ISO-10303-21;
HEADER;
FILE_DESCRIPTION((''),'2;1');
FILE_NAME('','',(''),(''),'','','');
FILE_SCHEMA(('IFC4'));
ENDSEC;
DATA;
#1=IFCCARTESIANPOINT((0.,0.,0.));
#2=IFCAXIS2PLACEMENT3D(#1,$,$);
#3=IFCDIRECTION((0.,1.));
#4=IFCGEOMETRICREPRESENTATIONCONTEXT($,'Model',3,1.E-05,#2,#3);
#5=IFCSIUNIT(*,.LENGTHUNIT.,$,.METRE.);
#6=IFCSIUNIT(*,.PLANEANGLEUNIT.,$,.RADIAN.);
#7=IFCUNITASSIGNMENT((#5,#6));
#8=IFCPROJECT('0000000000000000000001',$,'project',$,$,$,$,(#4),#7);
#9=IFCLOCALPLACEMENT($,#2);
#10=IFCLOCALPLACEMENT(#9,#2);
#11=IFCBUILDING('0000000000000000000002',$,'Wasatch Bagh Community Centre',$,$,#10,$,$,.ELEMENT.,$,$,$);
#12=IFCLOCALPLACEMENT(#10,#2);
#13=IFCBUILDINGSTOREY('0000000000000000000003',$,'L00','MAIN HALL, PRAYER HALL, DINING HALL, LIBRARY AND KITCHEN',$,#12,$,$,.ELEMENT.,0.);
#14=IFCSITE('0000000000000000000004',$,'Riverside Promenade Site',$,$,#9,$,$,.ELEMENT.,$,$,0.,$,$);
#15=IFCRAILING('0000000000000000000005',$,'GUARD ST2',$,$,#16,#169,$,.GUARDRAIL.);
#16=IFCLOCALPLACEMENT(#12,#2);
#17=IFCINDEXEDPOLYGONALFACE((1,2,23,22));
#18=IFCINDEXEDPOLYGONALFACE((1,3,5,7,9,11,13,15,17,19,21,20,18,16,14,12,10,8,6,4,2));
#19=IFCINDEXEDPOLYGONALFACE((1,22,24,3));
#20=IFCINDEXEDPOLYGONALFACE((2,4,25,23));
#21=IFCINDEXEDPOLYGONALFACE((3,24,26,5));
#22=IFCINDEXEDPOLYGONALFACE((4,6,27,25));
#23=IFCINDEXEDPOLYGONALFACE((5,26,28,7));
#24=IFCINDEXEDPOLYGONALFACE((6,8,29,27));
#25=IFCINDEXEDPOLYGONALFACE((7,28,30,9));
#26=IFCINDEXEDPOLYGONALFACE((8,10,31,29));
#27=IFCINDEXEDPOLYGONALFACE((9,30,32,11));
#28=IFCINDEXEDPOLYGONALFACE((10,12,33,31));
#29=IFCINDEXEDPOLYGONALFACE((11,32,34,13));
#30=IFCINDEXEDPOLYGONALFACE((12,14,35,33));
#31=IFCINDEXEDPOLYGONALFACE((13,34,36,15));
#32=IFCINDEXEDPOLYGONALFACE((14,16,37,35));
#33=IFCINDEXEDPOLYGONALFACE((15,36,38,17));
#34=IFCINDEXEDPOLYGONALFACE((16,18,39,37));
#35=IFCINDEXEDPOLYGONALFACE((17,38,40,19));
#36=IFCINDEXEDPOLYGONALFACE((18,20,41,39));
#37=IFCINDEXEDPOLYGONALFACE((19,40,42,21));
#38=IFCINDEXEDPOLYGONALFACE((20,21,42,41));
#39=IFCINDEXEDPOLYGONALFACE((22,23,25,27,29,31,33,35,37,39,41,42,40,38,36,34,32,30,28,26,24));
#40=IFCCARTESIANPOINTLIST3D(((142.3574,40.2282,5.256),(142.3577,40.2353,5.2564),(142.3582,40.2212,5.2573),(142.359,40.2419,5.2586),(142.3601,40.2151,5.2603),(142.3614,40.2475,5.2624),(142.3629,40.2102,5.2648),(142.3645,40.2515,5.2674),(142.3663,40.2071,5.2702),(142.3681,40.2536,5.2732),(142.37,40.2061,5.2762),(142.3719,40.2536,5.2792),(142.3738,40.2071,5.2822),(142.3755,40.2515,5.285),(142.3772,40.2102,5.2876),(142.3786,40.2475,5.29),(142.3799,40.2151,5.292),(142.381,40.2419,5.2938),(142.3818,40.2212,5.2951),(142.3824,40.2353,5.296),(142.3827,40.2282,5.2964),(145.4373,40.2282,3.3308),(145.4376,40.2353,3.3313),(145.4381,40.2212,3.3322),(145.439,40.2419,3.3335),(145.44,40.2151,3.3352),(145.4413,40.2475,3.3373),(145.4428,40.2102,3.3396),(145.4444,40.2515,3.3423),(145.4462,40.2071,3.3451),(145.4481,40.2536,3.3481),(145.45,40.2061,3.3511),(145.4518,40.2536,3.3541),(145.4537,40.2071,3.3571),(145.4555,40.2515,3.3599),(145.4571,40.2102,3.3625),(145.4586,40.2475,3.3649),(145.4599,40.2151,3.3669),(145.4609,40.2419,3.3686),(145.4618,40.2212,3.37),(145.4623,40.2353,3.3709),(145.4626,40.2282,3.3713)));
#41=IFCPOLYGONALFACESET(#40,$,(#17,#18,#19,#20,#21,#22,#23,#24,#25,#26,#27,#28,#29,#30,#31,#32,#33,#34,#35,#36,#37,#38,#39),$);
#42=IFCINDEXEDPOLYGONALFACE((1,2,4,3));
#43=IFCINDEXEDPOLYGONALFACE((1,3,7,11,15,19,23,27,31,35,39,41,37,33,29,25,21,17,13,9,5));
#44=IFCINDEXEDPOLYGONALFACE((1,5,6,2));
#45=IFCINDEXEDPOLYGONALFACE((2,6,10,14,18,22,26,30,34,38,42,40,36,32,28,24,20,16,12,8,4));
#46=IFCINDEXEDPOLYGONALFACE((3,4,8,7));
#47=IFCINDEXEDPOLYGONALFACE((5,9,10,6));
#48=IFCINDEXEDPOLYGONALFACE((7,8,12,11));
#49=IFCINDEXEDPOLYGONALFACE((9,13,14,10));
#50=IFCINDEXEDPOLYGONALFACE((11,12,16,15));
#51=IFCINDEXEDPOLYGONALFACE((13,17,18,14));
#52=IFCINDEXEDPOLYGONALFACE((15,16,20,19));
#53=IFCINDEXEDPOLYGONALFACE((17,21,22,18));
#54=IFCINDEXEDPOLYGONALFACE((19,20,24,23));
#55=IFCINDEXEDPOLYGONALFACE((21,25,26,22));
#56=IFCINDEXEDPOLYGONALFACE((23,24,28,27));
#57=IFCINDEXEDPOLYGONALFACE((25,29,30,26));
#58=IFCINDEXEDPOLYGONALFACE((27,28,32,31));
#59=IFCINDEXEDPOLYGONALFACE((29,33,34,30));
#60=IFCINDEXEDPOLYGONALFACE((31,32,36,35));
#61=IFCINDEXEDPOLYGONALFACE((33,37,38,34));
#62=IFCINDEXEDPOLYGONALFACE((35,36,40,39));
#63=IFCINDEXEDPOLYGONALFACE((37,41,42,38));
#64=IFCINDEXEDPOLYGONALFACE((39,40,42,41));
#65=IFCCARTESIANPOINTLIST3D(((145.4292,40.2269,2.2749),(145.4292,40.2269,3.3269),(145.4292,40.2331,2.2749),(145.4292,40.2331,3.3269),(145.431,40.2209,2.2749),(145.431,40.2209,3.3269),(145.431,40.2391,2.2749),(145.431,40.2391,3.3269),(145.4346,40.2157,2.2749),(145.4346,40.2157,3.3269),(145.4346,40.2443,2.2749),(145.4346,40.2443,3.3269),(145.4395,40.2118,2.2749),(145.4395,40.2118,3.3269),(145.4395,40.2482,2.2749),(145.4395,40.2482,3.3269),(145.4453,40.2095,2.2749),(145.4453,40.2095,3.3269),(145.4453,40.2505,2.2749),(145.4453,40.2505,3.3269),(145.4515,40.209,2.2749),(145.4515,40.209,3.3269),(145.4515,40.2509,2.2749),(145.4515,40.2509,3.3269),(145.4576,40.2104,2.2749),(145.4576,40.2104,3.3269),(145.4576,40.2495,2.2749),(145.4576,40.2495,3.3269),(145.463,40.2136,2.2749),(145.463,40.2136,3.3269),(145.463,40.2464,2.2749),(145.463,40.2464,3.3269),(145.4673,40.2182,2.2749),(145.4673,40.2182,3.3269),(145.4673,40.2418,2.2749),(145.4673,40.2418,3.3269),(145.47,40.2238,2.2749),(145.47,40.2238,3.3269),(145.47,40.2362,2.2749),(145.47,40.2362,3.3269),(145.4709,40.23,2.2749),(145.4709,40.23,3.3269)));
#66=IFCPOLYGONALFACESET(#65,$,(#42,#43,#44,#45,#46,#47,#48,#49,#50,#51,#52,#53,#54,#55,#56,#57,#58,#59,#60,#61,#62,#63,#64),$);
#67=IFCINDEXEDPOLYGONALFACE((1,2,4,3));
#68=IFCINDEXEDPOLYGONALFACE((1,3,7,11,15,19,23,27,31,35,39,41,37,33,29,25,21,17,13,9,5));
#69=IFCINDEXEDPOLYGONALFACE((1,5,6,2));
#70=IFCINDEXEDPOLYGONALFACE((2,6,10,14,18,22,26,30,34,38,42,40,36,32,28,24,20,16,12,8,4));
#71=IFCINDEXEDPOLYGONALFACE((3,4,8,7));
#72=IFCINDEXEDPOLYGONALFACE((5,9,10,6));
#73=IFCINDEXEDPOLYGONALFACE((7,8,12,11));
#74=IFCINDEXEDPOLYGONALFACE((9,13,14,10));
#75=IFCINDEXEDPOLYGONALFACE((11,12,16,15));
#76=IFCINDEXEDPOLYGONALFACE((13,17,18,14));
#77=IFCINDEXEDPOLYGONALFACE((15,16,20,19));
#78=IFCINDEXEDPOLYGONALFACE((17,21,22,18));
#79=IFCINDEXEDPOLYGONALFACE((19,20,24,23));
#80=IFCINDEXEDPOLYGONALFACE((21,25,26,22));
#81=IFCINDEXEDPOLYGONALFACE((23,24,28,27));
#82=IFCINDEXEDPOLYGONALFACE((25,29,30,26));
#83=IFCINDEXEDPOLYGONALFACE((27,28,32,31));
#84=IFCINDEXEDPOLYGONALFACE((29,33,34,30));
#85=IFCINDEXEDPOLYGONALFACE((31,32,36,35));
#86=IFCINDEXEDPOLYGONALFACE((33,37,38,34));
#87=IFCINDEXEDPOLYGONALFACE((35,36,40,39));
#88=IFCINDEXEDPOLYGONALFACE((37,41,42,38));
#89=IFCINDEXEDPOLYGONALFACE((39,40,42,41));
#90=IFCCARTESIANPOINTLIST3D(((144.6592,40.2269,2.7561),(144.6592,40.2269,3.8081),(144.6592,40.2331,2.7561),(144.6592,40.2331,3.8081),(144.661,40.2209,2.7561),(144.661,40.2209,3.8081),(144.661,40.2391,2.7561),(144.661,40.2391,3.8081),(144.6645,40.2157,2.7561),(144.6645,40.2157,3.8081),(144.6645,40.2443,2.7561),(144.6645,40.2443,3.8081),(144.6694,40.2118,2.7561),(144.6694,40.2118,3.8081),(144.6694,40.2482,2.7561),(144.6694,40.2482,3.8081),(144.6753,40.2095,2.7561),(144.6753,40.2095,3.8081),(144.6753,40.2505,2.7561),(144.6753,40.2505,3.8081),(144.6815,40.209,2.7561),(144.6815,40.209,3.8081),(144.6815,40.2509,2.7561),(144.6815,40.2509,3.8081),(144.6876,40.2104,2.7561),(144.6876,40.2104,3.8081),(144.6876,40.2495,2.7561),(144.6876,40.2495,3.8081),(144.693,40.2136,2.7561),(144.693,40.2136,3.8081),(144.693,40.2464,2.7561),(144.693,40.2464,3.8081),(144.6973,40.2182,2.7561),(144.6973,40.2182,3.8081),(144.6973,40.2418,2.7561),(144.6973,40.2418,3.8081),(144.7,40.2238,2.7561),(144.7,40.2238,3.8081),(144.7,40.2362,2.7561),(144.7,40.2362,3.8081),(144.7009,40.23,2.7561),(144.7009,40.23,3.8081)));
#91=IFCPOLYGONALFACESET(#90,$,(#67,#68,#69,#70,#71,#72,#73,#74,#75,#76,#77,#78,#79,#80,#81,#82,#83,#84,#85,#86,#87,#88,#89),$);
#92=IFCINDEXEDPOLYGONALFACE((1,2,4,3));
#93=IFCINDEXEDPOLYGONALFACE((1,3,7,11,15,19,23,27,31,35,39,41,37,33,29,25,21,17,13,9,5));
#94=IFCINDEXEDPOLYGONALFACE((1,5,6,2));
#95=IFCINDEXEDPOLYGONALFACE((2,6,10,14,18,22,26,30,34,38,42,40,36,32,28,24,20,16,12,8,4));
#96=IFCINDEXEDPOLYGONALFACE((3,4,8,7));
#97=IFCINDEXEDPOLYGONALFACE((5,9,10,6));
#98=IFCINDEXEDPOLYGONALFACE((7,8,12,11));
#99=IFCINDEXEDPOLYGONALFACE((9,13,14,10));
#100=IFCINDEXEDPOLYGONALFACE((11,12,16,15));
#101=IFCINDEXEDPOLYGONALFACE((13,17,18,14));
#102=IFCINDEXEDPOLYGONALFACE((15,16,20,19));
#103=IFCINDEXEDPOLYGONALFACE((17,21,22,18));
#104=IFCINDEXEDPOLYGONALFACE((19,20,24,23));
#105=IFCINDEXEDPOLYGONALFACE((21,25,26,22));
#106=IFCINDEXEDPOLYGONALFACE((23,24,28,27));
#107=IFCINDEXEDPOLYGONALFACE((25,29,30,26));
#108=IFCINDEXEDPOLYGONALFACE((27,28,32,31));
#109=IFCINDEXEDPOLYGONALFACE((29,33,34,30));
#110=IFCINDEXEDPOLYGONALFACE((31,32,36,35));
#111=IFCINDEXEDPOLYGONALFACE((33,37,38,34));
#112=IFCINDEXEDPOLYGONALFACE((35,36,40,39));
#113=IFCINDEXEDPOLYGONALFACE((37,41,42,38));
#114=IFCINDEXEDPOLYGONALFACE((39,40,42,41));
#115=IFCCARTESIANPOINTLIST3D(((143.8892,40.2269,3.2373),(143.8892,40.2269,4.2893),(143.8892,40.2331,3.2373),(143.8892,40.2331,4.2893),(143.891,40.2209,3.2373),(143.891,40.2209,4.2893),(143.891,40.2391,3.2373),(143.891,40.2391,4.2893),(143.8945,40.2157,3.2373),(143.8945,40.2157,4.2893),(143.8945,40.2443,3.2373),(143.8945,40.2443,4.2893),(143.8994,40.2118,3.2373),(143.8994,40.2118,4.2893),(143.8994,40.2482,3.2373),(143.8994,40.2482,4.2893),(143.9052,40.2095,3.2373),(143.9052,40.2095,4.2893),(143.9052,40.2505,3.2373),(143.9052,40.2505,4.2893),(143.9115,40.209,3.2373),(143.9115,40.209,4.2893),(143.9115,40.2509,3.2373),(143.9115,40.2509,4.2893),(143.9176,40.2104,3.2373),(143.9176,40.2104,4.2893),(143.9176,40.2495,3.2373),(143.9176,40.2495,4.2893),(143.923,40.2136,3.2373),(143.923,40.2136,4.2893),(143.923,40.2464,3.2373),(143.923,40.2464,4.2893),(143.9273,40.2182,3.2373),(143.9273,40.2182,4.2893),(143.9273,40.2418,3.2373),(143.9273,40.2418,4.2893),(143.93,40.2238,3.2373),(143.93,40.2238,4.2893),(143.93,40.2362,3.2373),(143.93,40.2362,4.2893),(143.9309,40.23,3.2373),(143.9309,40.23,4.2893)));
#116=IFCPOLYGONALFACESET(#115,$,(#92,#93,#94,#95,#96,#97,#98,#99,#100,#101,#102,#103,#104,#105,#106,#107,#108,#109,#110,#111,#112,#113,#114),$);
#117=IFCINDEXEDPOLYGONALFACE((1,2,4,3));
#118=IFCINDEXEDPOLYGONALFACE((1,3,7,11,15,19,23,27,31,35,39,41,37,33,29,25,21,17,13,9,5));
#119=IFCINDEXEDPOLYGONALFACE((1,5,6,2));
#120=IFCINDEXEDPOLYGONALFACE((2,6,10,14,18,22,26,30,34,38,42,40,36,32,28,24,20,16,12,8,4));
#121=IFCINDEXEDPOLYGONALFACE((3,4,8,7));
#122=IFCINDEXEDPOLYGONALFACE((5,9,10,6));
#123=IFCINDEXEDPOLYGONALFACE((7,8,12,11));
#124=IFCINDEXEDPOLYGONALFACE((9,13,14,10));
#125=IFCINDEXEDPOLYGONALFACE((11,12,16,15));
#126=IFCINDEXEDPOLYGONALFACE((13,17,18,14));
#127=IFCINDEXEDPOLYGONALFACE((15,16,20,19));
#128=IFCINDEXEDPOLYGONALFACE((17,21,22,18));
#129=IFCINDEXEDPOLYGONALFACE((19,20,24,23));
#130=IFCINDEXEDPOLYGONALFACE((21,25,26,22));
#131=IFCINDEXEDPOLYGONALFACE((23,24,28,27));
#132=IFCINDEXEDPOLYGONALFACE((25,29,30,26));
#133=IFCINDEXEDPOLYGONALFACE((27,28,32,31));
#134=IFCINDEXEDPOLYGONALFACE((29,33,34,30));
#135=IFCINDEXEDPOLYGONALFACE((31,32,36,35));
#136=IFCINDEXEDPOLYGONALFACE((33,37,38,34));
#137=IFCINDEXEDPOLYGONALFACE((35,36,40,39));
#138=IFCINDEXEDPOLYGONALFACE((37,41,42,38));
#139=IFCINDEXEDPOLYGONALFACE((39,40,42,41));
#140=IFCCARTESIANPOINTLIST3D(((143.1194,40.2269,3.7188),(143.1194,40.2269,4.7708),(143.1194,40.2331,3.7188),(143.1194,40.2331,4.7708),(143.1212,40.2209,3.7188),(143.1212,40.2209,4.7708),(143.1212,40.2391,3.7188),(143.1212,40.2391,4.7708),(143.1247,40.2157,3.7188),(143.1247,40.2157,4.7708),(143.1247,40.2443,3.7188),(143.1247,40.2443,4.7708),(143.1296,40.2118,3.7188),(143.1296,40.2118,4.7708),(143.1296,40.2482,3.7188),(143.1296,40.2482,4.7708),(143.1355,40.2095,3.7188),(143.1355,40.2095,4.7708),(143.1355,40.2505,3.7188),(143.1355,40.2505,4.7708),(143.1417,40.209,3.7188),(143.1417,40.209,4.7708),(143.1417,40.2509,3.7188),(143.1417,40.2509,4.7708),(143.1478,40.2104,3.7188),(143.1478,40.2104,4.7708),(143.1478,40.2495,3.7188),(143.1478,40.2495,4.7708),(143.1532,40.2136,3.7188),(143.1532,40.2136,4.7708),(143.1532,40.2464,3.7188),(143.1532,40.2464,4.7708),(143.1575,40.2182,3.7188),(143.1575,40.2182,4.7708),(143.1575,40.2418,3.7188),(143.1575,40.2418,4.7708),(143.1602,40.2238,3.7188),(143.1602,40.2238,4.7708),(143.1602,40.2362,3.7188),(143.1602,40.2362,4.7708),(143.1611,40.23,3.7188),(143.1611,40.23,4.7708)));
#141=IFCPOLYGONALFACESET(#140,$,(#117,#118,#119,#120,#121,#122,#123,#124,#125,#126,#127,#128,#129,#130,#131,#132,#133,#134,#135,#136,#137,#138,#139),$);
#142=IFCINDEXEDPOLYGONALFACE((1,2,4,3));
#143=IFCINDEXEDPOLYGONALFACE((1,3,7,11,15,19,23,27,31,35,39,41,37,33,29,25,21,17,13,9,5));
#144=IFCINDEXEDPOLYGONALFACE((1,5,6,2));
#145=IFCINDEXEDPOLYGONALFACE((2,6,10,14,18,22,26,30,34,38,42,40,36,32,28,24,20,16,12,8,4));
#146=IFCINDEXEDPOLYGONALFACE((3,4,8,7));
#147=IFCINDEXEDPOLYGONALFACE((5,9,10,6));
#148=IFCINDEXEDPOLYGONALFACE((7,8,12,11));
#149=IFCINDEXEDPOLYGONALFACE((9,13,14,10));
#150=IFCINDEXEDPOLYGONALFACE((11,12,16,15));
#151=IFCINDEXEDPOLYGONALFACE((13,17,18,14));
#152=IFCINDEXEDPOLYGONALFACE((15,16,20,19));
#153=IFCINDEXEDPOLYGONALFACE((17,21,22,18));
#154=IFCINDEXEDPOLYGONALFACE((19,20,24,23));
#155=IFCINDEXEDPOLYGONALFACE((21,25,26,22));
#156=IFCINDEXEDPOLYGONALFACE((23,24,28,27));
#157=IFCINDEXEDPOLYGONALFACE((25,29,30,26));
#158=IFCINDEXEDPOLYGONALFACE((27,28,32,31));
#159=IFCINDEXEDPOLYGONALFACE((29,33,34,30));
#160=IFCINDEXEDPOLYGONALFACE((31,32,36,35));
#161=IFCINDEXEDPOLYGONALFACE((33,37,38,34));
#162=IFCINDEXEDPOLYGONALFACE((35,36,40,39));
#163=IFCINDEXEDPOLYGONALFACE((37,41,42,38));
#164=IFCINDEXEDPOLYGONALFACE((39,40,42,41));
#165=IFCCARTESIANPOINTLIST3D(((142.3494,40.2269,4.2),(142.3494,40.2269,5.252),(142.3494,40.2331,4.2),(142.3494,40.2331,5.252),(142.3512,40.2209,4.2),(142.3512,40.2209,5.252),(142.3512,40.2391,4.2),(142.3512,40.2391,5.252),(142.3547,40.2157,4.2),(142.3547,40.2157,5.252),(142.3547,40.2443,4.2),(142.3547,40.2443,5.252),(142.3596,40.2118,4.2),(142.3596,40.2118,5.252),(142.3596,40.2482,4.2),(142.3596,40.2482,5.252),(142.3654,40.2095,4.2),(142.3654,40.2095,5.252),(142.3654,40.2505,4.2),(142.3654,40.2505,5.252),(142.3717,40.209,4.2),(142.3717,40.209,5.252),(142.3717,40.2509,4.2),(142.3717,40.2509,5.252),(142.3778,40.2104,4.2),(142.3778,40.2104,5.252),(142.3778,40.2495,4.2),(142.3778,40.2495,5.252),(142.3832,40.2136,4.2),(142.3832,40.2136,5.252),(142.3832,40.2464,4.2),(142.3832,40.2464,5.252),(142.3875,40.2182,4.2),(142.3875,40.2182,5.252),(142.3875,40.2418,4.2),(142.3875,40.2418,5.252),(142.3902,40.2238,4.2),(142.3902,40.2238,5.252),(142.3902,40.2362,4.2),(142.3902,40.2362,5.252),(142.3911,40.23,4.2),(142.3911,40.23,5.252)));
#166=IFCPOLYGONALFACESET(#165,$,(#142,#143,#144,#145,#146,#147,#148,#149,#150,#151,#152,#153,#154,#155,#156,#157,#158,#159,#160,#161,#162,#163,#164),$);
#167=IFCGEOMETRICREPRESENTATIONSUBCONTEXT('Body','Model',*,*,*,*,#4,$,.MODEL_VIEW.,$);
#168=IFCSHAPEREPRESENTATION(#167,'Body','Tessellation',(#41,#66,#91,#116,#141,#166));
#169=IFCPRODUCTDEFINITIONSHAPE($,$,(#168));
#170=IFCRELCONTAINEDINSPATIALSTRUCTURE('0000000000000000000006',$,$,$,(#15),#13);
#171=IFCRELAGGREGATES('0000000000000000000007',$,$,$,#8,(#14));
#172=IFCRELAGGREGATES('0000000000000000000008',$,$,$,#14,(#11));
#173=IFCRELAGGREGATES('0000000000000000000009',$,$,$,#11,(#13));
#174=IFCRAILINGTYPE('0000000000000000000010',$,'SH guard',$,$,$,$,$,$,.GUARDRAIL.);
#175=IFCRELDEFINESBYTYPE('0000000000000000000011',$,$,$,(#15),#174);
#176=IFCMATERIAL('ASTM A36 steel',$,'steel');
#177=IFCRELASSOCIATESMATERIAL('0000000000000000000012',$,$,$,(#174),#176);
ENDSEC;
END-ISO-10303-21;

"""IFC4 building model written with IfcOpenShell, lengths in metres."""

from ifc_helpers import new_model, si_unit, direction, frame, origin, origin_2d, place, context, subcontext, project, spatial, circle, extrude, material, type_object, element, save


model = new_model("IFC4")

# Units and contexts
model_context = context("Model", 3, precision=1e-05, world=origin(), true_north=direction((0.0, 1.0)))
body_context = subcontext(model_context, "Body", "Model", "MODEL_VIEW")
ifc_project = project(units=[si_unit("LENGTHUNIT", "METRE"), si_unit("PLANEANGLEUNIT", "RADIAN")], contexts=[model_context])

# Site, building, storey
site_placement = place(None, origin())
site = spatial("IfcSite", under=ifc_project, at=site_placement, Name="Riverside Promenade Site", CompositionType="ELEMENT", RefElevation=0.0)
building_placement = place(site_placement, origin())
building = spatial("IfcBuilding", under=site, at=building_placement, Name="Wasatch Bagh Community Centre", CompositionType="ELEMENT")
storey_placement = place(building_placement, origin())
storey = spatial("IfcBuildingStorey", under=building, at=storey_placement, Name="L00", Description="MAIN HALL, PRAYER HALL, DINING HALL, LIBRARY AND KITCHEN", CompositionType="ELEMENT", Elevation=0.0)

# Railing
ifc_material_1 = material(Name="ASTM A36 steel", Category="steel")
railing_type_1 = type_object("IfcRailingType", Name="SH guard", PredefinedType="GUARDRAIL", material=ifc_material_1)
for number, where, name in (
    (1, (145.45, 40.23, 2.2749), "GUARD ST2"),
):
    element("IfcRailing", number, at=place(storey_placement, frame(where)), inside=storey, type_object=railing_type_1, Name=name, PredefinedType="GUARDRAIL", context=body_context, shape_type="SweptSolid", body=[
        extrude(circle(Radius=0.0239, at=origin_2d()), frame((0.0, 0.0, 1.0762), z_axis=(-0.847979, 0.0, 0.530029), x_axis=(0.0, -1.0, 0.0)), (0.0, 0.0, 1.0), 3.6321),
        extrude(circle(Radius=0.021, at=origin_2d()), origin(), (0.0, 0.0, 1.0), 1.052),
        extrude(circle(Radius=0.021, at=origin_2d()), frame((-0.77, 0.0, 0.4812)), (0.0, 0.0, 1.0), 1.052),
        extrude(circle(Radius=0.021, at=origin_2d()), frame((-1.54, 0.0, 0.9624)), (0.0, 0.0, 1.0), 1.052),
        extrude(circle(Radius=0.021, at=origin_2d()), frame((-2.3098, 0.0, 1.4438)), (0.0, 0.0, 1.0), 1.052),
        extrude(circle(Radius=0.021, at=origin_2d()), frame((-3.0798, 0.0, 1.925)), (0.0, 0.0, 1.0), 1.052),
    ])

save(model, "model.ifc")
